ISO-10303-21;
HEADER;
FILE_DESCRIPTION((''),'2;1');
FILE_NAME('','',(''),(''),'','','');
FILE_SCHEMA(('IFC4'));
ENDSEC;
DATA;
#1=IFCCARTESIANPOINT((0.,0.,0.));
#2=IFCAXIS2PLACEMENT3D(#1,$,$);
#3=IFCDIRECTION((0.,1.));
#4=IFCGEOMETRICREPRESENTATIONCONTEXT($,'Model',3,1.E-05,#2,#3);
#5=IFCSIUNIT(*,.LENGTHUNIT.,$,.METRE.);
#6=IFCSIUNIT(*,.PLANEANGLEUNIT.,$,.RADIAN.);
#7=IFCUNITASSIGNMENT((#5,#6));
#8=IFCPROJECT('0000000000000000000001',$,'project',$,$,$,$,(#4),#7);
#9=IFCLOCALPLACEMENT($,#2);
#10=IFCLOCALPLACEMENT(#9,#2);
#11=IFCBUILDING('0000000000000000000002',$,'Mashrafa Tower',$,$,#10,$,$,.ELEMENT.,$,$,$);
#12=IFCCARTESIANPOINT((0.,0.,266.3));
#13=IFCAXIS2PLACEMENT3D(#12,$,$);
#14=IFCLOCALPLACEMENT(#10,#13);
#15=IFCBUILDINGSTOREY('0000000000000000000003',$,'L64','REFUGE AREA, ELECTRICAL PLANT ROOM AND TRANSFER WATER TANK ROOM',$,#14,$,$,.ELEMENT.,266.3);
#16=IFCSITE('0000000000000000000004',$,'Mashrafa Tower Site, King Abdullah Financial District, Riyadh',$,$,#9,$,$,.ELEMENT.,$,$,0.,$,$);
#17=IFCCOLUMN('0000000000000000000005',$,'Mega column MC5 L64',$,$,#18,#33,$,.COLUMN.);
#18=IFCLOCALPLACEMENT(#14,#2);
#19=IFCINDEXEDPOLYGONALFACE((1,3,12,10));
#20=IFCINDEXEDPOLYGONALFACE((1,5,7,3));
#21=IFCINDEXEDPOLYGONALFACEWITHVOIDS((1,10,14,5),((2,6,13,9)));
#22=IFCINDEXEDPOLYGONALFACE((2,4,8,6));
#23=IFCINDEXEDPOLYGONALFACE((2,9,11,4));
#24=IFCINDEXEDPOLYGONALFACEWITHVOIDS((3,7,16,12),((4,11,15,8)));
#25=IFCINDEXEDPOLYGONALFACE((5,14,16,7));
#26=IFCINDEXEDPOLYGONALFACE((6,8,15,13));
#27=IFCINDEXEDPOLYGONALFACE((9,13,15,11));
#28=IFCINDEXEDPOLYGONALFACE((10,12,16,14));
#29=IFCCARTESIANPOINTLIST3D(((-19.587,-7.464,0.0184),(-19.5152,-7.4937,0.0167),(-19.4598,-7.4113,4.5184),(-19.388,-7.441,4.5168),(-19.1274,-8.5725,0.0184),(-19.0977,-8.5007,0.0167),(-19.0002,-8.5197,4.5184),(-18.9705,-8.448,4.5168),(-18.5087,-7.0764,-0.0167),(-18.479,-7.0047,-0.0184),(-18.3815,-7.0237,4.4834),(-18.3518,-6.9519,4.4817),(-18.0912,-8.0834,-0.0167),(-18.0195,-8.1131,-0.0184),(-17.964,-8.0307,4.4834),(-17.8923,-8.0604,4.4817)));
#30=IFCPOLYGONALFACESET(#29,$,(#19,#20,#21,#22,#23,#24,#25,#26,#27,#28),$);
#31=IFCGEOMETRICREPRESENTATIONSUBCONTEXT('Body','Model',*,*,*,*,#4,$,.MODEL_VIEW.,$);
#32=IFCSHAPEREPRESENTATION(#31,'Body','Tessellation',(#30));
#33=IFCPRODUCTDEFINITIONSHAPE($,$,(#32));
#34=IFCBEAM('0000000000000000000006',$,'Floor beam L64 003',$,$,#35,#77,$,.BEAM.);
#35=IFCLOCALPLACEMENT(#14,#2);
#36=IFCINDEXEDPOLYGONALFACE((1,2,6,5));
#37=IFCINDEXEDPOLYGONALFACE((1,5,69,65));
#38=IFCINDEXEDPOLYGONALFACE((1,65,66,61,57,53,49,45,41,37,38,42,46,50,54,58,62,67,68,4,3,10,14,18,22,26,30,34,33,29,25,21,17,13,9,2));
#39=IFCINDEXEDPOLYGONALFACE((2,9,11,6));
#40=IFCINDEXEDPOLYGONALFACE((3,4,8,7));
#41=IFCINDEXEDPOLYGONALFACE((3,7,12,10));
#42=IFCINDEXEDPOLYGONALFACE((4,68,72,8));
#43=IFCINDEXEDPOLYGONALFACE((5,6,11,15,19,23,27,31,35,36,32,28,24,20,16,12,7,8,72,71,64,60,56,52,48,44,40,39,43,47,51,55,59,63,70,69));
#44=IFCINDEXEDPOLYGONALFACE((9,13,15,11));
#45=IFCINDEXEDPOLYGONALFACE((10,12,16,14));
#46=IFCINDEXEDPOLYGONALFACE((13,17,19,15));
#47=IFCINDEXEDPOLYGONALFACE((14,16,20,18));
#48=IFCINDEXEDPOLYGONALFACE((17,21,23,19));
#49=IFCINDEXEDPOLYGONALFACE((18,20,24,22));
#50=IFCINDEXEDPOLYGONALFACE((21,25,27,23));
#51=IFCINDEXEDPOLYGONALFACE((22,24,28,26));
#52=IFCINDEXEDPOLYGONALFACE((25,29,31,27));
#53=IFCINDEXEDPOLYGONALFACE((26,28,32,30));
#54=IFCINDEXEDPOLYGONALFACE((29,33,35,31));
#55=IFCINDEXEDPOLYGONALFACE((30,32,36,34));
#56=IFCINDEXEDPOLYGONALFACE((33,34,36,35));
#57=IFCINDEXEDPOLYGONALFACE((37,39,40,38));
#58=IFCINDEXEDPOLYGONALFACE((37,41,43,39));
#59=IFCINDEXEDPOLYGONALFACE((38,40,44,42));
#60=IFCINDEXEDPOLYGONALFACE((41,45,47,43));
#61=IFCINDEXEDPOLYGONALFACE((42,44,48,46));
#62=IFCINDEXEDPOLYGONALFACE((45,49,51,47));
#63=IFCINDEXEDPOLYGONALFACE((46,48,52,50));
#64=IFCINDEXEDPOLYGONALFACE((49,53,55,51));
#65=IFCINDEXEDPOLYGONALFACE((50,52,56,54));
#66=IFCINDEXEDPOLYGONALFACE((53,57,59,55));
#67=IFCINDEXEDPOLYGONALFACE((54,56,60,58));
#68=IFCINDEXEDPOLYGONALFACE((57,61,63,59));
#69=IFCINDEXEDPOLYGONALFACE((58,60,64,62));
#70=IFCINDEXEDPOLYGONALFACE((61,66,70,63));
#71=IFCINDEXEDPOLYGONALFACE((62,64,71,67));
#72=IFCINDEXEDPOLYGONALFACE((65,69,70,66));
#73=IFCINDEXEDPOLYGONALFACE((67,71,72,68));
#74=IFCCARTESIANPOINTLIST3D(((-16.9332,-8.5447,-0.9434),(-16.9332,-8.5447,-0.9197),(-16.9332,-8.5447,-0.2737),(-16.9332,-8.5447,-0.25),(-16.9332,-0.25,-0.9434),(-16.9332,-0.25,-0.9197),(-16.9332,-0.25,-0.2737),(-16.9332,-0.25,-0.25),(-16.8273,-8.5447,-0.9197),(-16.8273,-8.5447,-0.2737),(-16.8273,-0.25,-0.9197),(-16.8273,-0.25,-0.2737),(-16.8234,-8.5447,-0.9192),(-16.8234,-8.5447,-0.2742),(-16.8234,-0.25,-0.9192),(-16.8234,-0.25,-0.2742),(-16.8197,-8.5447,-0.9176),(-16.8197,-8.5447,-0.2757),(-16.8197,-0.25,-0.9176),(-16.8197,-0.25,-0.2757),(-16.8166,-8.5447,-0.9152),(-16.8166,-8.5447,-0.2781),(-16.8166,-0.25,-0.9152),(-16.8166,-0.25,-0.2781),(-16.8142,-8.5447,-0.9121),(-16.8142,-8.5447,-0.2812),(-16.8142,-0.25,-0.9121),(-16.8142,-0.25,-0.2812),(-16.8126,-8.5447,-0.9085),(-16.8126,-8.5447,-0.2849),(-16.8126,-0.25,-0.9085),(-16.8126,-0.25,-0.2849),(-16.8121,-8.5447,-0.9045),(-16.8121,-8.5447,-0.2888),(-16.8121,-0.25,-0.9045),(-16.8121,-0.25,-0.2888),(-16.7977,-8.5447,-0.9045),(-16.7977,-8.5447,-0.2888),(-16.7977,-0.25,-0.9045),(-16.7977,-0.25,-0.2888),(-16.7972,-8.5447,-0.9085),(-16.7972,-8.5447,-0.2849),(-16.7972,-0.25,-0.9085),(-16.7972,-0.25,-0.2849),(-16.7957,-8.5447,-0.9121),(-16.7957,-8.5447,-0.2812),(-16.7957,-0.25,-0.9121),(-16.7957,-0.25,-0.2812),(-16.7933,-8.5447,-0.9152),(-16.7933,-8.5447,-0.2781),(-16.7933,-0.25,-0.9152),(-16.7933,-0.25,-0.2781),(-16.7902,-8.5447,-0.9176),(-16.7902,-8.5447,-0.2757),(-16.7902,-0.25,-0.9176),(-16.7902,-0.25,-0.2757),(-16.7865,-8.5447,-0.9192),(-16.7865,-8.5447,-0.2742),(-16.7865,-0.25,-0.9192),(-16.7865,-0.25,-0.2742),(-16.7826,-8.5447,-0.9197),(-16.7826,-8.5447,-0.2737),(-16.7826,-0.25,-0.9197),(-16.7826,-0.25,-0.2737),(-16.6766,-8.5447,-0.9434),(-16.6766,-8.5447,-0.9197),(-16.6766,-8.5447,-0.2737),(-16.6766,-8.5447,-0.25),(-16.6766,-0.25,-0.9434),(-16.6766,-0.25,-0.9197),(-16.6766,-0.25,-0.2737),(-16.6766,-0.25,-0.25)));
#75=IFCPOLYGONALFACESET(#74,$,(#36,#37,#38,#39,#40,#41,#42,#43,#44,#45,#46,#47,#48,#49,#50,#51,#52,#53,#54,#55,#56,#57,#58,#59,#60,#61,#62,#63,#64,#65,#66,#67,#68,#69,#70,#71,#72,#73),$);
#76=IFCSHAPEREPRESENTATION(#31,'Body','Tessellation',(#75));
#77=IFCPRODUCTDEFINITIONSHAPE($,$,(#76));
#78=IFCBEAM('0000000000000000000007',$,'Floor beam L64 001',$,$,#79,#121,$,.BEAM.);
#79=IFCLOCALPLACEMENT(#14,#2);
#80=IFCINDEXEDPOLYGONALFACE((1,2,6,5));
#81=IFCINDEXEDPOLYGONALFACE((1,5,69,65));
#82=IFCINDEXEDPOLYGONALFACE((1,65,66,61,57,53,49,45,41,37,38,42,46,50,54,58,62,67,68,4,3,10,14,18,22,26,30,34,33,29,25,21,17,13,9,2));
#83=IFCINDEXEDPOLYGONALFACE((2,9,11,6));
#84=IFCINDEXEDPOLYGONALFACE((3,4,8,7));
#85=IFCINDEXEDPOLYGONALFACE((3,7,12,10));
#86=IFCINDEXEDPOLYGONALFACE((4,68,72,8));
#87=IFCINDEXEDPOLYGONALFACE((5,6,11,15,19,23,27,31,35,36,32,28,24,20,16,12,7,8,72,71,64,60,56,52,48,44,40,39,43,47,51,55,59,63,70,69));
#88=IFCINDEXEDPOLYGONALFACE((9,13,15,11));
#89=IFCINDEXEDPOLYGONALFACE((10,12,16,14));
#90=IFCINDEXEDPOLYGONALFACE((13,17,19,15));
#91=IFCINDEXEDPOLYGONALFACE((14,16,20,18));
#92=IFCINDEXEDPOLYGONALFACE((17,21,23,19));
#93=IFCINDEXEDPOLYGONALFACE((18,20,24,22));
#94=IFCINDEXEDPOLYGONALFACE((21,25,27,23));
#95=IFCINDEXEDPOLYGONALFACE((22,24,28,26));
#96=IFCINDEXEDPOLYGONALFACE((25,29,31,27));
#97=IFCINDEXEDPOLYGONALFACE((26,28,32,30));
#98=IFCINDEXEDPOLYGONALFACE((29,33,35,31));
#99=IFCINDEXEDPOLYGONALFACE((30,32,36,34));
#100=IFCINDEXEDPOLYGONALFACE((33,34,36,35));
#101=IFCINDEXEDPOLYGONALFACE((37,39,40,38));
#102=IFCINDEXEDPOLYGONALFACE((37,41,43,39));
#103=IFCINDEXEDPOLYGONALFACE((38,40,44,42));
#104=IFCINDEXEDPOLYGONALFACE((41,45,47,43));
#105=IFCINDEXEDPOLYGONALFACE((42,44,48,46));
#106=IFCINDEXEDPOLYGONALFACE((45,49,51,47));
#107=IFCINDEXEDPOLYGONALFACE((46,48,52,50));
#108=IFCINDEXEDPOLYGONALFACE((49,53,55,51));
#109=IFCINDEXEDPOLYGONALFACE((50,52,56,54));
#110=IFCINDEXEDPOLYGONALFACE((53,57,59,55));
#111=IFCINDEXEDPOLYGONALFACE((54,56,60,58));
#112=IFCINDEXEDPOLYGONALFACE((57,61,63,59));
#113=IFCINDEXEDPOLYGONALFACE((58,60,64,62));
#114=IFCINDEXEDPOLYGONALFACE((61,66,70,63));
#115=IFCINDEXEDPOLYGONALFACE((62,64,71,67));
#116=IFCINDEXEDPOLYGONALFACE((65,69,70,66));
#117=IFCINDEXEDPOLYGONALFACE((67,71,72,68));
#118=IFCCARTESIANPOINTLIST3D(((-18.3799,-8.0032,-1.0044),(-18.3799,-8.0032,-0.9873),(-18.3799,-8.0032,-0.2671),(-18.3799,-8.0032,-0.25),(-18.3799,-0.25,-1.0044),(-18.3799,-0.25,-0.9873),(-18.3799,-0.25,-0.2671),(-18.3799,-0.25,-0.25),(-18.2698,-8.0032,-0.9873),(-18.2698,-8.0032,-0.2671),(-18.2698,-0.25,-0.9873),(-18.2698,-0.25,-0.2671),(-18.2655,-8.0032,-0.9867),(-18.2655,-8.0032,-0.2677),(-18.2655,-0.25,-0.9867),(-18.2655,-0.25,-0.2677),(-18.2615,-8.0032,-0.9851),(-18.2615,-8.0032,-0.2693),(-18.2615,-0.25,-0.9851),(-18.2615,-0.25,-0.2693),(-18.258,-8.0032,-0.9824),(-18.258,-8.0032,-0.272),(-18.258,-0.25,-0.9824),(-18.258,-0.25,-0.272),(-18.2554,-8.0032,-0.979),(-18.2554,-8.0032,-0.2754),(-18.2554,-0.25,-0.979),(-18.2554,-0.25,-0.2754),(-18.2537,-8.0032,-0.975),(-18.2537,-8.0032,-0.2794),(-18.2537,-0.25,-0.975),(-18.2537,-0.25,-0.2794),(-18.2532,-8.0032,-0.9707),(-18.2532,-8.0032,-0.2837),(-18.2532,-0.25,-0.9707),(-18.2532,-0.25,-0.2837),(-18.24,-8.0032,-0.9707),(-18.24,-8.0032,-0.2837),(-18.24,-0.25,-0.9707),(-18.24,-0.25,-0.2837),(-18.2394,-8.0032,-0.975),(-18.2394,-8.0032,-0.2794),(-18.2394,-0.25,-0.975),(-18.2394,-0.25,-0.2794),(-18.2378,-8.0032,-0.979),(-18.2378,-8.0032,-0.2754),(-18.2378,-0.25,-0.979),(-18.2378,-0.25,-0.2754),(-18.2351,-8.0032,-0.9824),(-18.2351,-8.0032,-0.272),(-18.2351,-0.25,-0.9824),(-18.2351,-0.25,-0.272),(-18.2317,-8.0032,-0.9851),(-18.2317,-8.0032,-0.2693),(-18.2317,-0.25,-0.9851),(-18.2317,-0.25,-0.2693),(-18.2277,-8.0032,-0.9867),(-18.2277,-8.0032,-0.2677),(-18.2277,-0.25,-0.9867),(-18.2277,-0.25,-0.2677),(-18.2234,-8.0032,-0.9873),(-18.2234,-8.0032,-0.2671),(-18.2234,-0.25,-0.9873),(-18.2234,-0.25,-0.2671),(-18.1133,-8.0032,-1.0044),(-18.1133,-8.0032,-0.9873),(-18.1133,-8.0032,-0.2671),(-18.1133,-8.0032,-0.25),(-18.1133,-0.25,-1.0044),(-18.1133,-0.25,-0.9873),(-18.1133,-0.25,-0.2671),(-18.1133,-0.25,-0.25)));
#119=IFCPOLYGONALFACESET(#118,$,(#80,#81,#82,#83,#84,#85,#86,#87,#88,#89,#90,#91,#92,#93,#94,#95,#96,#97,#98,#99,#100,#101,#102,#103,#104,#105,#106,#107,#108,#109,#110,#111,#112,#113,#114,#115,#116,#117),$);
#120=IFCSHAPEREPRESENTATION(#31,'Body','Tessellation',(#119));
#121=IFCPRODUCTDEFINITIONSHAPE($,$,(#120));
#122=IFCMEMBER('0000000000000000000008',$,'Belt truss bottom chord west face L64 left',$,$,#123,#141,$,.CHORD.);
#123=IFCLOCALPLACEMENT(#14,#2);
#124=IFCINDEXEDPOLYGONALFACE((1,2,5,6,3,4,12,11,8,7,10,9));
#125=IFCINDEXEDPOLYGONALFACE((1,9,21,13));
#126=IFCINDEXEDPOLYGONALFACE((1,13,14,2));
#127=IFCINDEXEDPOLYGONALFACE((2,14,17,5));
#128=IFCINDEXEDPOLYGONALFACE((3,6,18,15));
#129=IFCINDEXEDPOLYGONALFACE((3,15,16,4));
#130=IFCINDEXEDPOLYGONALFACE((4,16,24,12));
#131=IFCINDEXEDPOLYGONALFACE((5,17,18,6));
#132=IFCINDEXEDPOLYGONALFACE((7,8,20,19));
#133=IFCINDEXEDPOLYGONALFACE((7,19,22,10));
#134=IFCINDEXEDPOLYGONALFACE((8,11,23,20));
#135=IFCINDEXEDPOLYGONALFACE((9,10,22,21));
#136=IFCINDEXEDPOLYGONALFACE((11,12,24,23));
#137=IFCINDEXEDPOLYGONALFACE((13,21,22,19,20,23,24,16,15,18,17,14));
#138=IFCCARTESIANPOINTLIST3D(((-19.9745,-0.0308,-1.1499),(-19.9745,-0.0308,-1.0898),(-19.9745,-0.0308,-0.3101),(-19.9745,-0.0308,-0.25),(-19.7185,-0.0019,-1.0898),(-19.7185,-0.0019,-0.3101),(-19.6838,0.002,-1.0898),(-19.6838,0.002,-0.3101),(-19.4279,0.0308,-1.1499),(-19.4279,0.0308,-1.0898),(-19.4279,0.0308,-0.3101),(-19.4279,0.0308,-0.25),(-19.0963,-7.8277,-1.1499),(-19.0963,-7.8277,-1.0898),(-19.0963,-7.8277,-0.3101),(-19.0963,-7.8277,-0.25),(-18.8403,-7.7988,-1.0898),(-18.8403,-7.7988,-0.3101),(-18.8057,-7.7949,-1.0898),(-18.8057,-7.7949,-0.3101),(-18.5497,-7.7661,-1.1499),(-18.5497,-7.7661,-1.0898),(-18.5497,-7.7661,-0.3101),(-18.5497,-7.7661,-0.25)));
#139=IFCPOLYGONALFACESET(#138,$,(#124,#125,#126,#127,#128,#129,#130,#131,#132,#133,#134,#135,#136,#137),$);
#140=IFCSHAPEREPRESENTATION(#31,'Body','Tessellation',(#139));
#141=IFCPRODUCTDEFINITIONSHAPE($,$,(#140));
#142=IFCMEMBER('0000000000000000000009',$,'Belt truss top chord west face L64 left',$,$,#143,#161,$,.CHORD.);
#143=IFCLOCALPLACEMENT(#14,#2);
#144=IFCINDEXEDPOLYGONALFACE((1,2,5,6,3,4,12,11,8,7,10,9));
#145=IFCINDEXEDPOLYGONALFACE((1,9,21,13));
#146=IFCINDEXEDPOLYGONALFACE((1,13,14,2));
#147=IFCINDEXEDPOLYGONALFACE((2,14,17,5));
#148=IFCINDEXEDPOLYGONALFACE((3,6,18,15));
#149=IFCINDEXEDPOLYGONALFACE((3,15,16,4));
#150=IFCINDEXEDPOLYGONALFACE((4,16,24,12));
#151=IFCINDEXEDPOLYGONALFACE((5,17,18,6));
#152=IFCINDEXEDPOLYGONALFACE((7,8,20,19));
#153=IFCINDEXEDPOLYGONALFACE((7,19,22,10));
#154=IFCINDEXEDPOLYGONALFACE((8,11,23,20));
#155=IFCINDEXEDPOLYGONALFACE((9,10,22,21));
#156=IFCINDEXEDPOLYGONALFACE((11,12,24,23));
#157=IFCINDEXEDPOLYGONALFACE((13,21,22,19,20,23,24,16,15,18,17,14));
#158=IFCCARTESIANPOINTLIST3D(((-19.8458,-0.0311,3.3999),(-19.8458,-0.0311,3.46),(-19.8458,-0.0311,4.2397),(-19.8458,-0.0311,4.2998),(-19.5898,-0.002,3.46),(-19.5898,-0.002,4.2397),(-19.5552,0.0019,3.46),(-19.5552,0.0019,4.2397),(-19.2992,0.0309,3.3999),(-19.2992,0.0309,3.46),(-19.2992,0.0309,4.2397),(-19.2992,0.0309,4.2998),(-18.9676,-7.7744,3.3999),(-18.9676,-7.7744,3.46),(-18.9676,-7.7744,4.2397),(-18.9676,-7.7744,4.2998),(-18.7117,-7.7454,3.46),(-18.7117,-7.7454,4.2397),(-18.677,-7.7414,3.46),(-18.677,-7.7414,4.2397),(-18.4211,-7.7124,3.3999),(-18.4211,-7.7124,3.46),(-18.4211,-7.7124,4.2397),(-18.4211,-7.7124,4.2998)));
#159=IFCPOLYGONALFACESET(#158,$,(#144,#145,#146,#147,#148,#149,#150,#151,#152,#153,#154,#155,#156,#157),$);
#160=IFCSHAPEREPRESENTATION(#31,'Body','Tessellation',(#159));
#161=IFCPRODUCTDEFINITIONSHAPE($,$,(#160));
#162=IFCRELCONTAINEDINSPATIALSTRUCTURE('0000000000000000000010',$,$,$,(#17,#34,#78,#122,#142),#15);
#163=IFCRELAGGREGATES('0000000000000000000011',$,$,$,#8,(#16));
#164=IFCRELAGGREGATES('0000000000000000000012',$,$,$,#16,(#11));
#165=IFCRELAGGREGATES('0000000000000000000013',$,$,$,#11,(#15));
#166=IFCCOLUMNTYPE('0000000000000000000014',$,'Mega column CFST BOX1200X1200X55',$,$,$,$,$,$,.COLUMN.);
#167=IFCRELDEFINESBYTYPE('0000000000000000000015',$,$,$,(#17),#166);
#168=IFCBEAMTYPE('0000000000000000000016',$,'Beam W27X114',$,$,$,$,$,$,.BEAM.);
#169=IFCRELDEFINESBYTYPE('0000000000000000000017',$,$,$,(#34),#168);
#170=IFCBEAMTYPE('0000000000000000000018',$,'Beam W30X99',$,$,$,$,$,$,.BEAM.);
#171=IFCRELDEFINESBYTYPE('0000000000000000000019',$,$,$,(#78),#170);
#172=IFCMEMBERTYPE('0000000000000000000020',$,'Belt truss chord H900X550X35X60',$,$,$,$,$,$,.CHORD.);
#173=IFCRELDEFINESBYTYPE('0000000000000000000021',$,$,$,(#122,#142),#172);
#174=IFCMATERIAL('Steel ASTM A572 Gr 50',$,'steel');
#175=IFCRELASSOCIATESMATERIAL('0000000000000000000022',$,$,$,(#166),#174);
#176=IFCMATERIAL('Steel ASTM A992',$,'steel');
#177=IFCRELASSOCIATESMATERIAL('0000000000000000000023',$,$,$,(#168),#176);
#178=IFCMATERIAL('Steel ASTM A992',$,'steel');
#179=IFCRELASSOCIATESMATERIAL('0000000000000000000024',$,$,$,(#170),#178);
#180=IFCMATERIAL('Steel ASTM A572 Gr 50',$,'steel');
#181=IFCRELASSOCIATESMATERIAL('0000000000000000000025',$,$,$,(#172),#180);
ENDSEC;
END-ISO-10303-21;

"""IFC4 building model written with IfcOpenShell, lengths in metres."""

from ifc_helpers import new_model, si_unit, direction, frame, origin, origin_2d, place, context, subcontext, project, spatial, hollow_rectangle, i_section, extrude, source, transform, mapped, material, material_profile, profile_set, type_object, element, save


model = new_model("IFC4")

# Units and contexts
model_context = context("Model", 3, precision=1e-05, world=origin(), true_north=direction((0.0, 1.0)))
body_context = subcontext(model_context, "Body", "Model", "MODEL_VIEW")
ifc_project = project(units=[si_unit("LENGTHUNIT", "METRE"), si_unit("PLANEANGLEUNIT", "RADIAN")], contexts=[model_context])

# Site, building, storey
site_placement = place(None, origin())
site = spatial("IfcSite", under=ifc_project, at=site_placement, Name="Mashrafa Tower Site, King Abdullah Financial District, Riyadh", CompositionType="ELEMENT", RefElevation=0.0)
building_placement = place(site_placement, origin())
building = spatial("IfcBuilding", under=site, at=building_placement, Name="Mashrafa Tower", CompositionType="ELEMENT")
storey_placement = place(building_placement, frame((0.0, 0.0, 266.3)))
storey = spatial("IfcBuildingStorey", under=building, at=storey_placement, Name="L64", Description="REFUGE AREA, ELECTRICAL PLANT ROOM AND TRANSFER WATER TANK ROOM", CompositionType="ELEMENT", Elevation=266.3)

# Column
ifc_material_1 = material(Name="Steel ASTM A572 Gr 50", Category="steel")
ifc_material_profile_1 = material_profile(ifc_material_1, hollow_rectangle(XDim=1.2, YDim=1.2, WallThickness=0.0549, at=origin_2d()), Name="BOX1200X1200X55")
ifc_profile_set_1 = profile_set([ifc_material_profile_1], Name="Steel ASTM A572 Gr 50")
column_type = type_object("IfcColumnType", Name="Mega column CFST BOX1200X1200X55", PredefinedType="COLUMN", material=ifc_profile_set_1)
column_placement = place(storey_placement, frame((-18.8032, -7.7886, 0.0), z_axis=(0.028253, 0.011713, 0.999532), x_axis=(-0.382978, 0.923757, 0.0)))
element("IfcColumn", 1, at=column_placement, inside=storey, type_object=column_type, Name="Mega column MC5 L64", PredefinedType="COLUMN", context=body_context, shape_type="SweptSolid", body=[
    extrude(hollow_rectangle(XDim=1.2, YDim=1.2, WallThickness=0.0549, at=origin_2d()), origin(), (0.0, 0.0, 1.0), 4.5022),
])

# Beams
ifc_material_2 = material(Name="Steel ASTM A992", Category="steel")
ifc_material_profile_2 = material_profile(ifc_material_2, i_section(OverallWidth=0.2566, OverallDepth=0.6934, WebThickness=0.0144, FlangeThickness=0.0237, FilletRadius=0.0151, at=origin_2d()), Name="W27X114")
ifc_profile_set_2 = profile_set([ifc_material_profile_2], Name="Steel ASTM A992")
beam_type_1 = type_object("IfcBeamType", Name="Beam W27X114", PredefinedType="BEAM", material=ifc_profile_set_2)
beam_1_placement = place(storey_placement, frame((-16.8049, -8.5447, -0.5967), z_axis=(0.0, 1.0, 0.0), x_axis=(-1.0, 0.0, 0.0)))
element("IfcBeam", 2, at=beam_1_placement, inside=storey, type_object=beam_type_1, Name="Floor beam L64 003", PredefinedType="BEAM", context=body_context, shape_type="SweptSolid", body=[
    extrude(i_section(OverallWidth=0.2566, OverallDepth=0.6934, WebThickness=0.0144, FlangeThickness=0.0237, FilletRadius=0.0151, at=origin_2d()), origin(), (0.0, 0.0, 1.0), 8.2947),
])
ifc_material_3 = material(Name="Steel ASTM A992", Category="steel")
ifc_material_profile_3 = material_profile(ifc_material_3, i_section(OverallWidth=0.2666, OverallDepth=0.7544, WebThickness=0.0132, FlangeThickness=0.0171, FilletRadius=0.0166, at=origin_2d()), Name="W30X99")
ifc_profile_set_3 = profile_set([ifc_material_profile_3], Name="Steel ASTM A992")
beam_type_2 = type_object("IfcBeamType", Name="Beam W30X99", PredefinedType="BEAM", material=ifc_profile_set_3)
beam_2_placement = place(storey_placement, frame((-18.2466, -8.0032, -0.6272), z_axis=(0.0, 1.0, 0.0), x_axis=(-1.0, 0.0, 0.0)))
element("IfcBeam", 3, at=beam_2_placement, inside=storey, type_object=beam_type_2, Name="Floor beam L64 001", PredefinedType="BEAM", context=body_context, shape_type="SweptSolid", body=[
    extrude(i_section(OverallWidth=0.2666, OverallDepth=0.7544, WebThickness=0.0132, FlangeThickness=0.0171, FilletRadius=0.0166, at=origin_2d()), origin(), (0.0, 0.0, 1.0), 7.7532),
])

# Members
ifc_material_4 = material(Name="Steel ASTM A572 Gr 50", Category="steel")
ifc_material_profile_4 = material_profile(ifc_material_4, i_section(OverallWidth=0.55, OverallDepth=0.8999, WebThickness=0.0349, FlangeThickness=0.0601, at=origin_2d()), Name="H900X550X35X60")
ifc_profile_set_4 = profile_set([ifc_material_profile_4], Name="Steel ASTM A572 Gr 50")
member_type_1 = type_object("IfcMemberType", Name="Belt truss chord H900X550X35X60", PredefinedType="CHORD", material=ifc_profile_set_4)
shared_shape_1 = source(origin(), body_context, "Body", "SweptSolid", [
    extrude(i_section(OverallWidth=0.55, OverallDepth=0.8999, WebThickness=0.0349, FlangeThickness=0.0601, at=origin_2d()), origin(), (0.0, 0.0, 1.0), 7.8462),
])
member_1_placement = place(storey_placement, frame((-18.823, -7.7969, -0.7), z_axis=(-0.111924, 0.993717, 0.0), x_axis=(-0.993717, -0.111924, 0.0)))
element("IfcMember", 4, at=member_1_placement, inside=storey, type_object=member_type_1, Name="Belt truss bottom chord west face L64 left", PredefinedType="CHORD", context=body_context, shape_type="MappedRepresentation", body=[
    mapped(shared_shape_1, transform((0.0, 0.0, 0.0))),
])
shared_shape_2 = source(origin(), body_context, "Body", "SweptSolid", [
    extrude(i_section(OverallWidth=0.55, OverallDepth=0.8999, WebThickness=0.0349, FlangeThickness=0.0601, at=origin_2d()), origin(), (0.0, 0.0, 1.0), 7.793),
])
member_2_placement = place(storey_placement, frame((-18.6943, -7.7434, 3.8499), z_axis=(-0.112687, 0.993631, 0.0), x_axis=(-0.993631, -0.112687, 0.0)))
element("IfcMember", 5, at=member_2_placement, inside=storey, type_object=member_type_1, Name="Belt truss top chord west face L64 left", PredefinedType="CHORD", context=body_context, shape_type="MappedRepresentation", body=[
    mapped(shared_shape_2, transform((0.0, 0.0, 0.0))),
])

save(model, "model.ifc")
